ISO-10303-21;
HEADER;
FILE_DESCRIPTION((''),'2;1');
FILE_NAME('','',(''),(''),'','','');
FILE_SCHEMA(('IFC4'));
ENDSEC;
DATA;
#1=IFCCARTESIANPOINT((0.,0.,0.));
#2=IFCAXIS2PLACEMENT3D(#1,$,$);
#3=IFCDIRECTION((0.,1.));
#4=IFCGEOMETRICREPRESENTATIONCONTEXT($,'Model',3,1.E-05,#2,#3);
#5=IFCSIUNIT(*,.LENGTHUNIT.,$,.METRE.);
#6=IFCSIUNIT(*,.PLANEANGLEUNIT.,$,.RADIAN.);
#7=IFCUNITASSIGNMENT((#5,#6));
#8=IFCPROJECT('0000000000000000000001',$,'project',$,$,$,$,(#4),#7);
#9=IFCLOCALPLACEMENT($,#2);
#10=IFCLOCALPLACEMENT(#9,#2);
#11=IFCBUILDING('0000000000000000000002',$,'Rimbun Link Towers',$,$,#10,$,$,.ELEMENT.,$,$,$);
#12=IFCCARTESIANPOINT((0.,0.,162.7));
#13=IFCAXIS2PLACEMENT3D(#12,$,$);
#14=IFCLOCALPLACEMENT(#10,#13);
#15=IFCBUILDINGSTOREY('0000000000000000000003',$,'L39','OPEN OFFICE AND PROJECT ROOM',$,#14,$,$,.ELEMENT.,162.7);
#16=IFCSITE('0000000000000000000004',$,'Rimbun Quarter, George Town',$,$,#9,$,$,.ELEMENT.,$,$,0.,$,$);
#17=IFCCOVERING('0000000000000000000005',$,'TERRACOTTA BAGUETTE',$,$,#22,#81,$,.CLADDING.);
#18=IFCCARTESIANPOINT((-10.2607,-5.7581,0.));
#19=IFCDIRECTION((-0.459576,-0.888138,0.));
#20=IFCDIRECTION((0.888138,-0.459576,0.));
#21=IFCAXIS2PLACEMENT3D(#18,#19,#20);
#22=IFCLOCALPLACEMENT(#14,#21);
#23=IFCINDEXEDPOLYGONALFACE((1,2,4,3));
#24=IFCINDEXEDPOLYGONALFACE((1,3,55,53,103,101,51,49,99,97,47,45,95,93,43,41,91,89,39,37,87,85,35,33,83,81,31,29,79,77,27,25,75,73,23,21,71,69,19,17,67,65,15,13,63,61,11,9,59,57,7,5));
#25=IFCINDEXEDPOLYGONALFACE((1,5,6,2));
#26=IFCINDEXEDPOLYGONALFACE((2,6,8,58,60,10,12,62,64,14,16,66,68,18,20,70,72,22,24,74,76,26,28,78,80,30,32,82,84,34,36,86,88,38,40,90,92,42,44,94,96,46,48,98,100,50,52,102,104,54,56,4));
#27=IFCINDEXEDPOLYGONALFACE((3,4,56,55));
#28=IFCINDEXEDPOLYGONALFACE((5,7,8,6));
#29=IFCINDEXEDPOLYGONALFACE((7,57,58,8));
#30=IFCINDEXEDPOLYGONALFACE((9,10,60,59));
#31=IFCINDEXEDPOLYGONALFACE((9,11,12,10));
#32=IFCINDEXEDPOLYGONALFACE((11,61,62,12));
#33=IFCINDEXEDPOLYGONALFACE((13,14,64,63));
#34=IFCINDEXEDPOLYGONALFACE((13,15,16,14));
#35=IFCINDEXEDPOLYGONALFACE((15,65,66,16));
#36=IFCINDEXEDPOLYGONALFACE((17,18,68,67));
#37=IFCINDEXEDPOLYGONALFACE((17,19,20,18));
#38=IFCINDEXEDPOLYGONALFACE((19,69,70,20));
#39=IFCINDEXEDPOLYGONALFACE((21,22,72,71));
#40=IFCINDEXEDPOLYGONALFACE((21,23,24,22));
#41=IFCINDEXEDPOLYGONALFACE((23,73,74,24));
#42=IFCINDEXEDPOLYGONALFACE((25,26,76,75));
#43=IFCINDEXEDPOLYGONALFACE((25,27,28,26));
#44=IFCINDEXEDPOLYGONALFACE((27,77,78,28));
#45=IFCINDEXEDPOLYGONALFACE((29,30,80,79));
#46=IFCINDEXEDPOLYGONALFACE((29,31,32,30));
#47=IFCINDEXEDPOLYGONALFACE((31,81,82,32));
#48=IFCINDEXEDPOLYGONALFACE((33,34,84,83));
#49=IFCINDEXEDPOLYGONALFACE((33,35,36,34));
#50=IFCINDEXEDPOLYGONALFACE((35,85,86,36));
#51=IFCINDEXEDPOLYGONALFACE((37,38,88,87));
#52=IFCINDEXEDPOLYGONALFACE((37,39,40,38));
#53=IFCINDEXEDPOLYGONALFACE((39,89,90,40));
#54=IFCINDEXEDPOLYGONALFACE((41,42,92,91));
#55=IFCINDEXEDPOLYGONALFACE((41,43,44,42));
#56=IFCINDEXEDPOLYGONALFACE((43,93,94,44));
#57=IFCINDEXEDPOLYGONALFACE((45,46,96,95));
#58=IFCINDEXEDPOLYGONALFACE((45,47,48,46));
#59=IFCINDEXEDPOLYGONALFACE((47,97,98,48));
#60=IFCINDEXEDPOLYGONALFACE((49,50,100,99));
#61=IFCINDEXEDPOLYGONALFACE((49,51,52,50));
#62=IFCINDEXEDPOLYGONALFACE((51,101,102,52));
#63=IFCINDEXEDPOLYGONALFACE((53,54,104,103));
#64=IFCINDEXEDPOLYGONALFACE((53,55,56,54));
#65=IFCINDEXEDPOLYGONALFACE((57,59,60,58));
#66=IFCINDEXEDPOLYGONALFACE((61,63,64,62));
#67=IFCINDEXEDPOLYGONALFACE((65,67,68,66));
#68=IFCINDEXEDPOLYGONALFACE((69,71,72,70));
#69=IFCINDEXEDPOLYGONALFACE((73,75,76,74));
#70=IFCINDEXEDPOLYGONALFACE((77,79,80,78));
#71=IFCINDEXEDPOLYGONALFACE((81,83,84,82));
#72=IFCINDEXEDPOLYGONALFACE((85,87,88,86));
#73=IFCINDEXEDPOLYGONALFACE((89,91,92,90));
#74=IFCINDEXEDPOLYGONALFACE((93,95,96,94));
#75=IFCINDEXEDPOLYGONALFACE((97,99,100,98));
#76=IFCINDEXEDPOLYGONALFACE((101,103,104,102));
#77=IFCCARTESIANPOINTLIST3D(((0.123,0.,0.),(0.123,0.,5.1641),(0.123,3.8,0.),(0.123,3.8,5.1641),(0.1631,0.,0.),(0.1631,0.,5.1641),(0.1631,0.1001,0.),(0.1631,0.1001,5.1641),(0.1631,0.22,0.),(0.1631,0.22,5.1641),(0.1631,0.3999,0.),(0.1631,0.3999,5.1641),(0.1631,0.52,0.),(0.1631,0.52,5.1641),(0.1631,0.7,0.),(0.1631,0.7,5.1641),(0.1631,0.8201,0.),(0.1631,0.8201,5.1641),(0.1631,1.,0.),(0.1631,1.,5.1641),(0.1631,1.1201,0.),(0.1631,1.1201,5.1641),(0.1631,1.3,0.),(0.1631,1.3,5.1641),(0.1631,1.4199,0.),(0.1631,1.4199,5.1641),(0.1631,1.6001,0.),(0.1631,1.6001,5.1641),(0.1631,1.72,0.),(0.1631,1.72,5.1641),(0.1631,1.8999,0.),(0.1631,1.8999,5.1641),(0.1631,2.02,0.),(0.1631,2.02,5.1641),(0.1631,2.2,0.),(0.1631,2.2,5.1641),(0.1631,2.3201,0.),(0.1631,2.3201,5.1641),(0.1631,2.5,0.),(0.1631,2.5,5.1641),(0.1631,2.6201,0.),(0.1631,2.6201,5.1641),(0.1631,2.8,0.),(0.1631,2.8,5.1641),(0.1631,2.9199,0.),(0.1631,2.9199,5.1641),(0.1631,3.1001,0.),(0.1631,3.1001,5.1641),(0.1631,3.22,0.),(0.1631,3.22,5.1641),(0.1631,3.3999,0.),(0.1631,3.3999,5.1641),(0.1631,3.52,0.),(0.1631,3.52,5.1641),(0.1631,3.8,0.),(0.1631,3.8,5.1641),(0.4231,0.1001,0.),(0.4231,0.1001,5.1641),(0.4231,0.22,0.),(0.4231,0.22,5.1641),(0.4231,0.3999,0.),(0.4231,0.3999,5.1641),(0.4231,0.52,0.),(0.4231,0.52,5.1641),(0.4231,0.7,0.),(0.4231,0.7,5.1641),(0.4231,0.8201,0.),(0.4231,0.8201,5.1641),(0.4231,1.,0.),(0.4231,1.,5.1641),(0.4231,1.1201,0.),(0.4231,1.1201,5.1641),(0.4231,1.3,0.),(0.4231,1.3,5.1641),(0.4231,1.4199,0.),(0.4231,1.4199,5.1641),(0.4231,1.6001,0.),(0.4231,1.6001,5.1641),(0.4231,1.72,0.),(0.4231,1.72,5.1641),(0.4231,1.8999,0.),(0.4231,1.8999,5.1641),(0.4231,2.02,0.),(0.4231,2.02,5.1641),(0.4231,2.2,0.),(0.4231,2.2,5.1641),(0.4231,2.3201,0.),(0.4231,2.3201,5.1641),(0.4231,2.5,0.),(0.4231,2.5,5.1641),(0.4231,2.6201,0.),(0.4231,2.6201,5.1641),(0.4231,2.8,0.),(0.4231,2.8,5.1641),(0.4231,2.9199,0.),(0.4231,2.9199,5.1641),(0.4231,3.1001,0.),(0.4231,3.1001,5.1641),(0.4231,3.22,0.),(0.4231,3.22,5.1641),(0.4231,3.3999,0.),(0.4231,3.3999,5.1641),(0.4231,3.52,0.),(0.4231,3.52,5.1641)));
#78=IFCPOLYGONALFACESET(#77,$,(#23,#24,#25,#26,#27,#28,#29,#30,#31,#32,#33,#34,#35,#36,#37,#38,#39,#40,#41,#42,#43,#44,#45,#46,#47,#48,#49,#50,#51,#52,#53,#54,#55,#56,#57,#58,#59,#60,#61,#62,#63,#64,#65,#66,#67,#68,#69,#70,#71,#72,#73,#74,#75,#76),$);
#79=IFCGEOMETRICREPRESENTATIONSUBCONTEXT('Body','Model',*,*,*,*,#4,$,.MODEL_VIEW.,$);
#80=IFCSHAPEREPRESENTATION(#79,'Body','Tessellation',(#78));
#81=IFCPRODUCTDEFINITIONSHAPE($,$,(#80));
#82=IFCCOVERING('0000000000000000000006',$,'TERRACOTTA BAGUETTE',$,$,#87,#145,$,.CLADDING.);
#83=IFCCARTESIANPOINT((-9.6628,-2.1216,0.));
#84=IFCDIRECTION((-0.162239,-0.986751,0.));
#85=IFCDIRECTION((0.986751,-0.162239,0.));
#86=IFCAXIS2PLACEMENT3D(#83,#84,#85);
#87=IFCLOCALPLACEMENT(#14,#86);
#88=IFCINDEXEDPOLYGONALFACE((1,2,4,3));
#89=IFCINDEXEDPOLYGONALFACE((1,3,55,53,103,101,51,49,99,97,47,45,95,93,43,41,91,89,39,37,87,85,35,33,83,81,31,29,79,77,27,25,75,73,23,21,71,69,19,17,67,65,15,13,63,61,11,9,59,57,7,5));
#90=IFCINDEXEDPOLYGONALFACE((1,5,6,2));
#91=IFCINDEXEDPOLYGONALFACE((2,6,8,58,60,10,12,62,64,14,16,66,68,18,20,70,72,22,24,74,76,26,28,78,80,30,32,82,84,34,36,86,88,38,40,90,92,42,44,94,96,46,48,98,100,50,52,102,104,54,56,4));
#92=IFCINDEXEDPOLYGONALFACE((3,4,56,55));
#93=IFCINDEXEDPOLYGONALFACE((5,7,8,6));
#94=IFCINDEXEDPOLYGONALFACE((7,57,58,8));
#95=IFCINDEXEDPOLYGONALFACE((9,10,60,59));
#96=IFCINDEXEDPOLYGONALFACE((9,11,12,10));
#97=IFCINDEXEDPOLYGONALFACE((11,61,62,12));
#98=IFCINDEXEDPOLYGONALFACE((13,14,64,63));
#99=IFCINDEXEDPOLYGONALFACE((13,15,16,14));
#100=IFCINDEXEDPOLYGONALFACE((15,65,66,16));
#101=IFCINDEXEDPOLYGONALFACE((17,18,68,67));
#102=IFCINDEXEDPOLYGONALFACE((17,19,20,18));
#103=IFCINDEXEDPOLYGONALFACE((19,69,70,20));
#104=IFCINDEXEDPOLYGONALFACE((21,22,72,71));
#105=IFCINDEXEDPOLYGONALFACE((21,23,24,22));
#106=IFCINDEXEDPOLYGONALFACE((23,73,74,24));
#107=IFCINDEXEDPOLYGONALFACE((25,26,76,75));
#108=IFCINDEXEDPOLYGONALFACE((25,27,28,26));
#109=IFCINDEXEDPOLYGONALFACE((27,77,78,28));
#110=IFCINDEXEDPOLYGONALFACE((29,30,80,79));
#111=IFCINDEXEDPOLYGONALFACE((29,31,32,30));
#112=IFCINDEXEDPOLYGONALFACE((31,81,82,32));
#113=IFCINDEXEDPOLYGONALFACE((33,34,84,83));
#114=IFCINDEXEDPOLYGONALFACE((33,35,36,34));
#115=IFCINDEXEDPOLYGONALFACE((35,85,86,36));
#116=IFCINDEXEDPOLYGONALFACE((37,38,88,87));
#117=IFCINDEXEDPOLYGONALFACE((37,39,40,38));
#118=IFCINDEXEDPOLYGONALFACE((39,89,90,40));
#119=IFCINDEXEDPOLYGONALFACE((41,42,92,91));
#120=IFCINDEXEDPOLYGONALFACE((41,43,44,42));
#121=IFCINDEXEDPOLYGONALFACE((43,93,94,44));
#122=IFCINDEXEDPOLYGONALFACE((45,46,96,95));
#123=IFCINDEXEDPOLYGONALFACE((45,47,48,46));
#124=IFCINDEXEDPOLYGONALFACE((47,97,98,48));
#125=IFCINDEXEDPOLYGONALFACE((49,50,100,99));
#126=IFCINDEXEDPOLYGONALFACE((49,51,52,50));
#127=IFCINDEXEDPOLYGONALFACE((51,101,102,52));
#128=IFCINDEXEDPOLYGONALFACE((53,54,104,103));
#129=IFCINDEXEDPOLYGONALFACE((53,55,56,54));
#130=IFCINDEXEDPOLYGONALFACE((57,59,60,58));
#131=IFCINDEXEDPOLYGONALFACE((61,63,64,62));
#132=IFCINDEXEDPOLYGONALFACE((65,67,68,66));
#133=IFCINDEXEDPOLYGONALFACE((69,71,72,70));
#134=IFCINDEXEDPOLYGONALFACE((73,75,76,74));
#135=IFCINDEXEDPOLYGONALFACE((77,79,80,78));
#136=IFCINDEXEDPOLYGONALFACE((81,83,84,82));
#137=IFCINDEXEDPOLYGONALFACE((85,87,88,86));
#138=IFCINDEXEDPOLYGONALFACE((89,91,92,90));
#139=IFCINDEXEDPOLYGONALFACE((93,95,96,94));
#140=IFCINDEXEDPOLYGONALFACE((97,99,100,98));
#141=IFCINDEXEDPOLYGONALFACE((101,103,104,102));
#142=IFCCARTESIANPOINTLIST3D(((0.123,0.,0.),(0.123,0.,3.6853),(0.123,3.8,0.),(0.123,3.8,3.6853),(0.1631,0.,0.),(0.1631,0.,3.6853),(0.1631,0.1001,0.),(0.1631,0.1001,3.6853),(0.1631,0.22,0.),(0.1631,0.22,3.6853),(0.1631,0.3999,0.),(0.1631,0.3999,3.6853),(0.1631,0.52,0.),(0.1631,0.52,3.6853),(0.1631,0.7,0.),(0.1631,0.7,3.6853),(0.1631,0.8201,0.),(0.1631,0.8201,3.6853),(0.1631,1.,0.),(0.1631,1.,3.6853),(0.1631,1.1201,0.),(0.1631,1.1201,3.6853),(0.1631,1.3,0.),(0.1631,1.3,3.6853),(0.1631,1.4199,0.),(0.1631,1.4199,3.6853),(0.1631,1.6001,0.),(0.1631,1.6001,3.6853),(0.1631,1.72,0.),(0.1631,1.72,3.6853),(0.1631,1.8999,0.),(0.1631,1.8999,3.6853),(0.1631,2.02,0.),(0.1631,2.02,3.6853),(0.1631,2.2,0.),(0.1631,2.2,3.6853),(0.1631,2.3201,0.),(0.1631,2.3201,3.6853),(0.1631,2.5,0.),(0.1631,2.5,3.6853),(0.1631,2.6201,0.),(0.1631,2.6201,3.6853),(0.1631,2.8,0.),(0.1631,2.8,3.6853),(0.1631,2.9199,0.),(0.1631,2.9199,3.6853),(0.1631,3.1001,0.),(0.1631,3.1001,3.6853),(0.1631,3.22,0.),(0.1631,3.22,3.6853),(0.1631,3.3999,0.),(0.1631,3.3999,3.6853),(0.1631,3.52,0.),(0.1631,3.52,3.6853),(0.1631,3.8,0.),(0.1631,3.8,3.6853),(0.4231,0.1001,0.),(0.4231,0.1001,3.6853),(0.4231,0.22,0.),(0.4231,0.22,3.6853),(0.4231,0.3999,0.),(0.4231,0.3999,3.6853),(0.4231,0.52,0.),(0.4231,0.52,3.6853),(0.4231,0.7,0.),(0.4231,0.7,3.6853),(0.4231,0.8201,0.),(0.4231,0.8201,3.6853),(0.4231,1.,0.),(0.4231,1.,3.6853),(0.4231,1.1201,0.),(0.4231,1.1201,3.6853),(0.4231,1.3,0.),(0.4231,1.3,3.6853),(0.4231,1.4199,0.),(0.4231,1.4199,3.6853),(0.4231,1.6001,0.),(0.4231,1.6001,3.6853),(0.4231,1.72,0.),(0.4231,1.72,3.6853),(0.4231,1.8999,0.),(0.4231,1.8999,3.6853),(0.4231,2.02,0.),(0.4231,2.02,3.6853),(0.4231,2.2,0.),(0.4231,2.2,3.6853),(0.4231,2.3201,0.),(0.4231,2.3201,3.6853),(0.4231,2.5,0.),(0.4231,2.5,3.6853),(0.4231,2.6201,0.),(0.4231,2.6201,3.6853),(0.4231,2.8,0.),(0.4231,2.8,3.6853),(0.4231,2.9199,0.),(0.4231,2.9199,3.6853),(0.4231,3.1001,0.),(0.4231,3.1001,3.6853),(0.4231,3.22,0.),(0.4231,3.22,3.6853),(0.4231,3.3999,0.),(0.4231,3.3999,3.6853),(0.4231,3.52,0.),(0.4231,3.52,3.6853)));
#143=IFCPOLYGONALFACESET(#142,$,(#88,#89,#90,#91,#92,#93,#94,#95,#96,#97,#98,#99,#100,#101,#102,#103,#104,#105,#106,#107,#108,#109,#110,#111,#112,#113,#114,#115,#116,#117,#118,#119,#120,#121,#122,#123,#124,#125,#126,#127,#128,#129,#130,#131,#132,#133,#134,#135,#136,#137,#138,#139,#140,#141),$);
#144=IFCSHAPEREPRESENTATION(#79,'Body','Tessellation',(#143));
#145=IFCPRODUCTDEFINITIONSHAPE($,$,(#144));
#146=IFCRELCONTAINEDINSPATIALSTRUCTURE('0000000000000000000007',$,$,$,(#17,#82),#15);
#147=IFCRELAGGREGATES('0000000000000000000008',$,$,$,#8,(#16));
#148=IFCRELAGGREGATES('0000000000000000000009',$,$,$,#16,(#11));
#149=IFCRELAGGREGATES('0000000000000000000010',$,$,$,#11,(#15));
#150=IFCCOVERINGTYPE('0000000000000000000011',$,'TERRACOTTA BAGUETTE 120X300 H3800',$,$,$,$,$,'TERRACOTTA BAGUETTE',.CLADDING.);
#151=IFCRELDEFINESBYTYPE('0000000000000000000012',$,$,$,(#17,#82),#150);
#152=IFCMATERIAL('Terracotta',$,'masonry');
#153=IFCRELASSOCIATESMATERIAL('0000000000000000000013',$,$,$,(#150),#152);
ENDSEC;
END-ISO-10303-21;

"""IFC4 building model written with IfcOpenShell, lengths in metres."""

from ifc_helpers import new_model, si_unit, direction, frame, origin, place, context, subcontext, project, spatial, polyline, outline, extrude, material, material_profile, profile_set, type_object, element, save


model = new_model("IFC4")

# Units and contexts
model_context = context("Model", 3, precision=1e-05, world=origin(), true_north=direction((0.0, 1.0)))
body_context = subcontext(model_context, "Body", "Model", "MODEL_VIEW")
ifc_project = project(units=[si_unit("LENGTHUNIT", "METRE"), si_unit("PLANEANGLEUNIT", "RADIAN")], contexts=[model_context])

# Site, building, storey
site_placement = place(None, origin())
site = spatial("IfcSite", under=ifc_project, at=site_placement, Name="Rimbun Quarter, George Town", CompositionType="ELEMENT", RefElevation=0.0)
building_placement = place(site_placement, origin())
building = spatial("IfcBuilding", under=site, at=building_placement, Name="Rimbun Link Towers", CompositionType="ELEMENT")
storey_placement = place(building_placement, frame((0.0, 0.0, 162.7)))
storey = spatial("IfcBuildingStorey", under=building, at=storey_placement, Name="L39", Description="OPEN OFFICE AND PROJECT ROOM", CompositionType="ELEMENT", Elevation=162.7)

# Coverings
ifc_material_1 = material(Name="Terracotta", Category="masonry")
ifc_material_profile_1 = material_profile(ifc_material_1, outline(polyline([(0.123, 0.0), (0.1631, 0.0), (0.1631, 0.1001), (0.4231, 0.1001), (0.4231, 0.22), (0.1631, 0.22), (0.1631, 0.3999), (0.4231, 0.3999), (0.4231, 0.52), (0.1631, 0.52), (0.1631, 0.7), (0.4231, 0.7), (0.4231, 0.8201), (0.1631, 0.8201), (0.1631, 1.0), (0.4231, 1.0), (0.4231, 1.1201), (0.1631, 1.1201), (0.1631, 1.3), (0.4231, 1.3), (0.4231, 1.4199), (0.1631, 1.4199), (0.1631, 1.6001), (0.4231, 1.6001), (0.4231, 1.72), (0.1631, 1.72), (0.1631, 1.8999), (0.4231, 1.8999), (0.4231, 2.02), (0.1631, 2.02), (0.1631, 2.2), (0.4231, 2.2), (0.4231, 2.3201), (0.1631, 2.3201), (0.1631, 2.5), (0.4231, 2.5), (0.4231, 2.6201), (0.1631, 2.6201), (0.1631, 2.8), (0.4231, 2.8), (0.4231, 2.9199), (0.1631, 2.9199), (0.1631, 3.1001), (0.4231, 3.1001), (0.4231, 3.22), (0.1631, 3.22), (0.1631, 3.3999), (0.4231, 3.3999), (0.4231, 3.52), (0.1631, 3.52), (0.1631, 3.8), (0.123, 3.8), (0.123, 0.0)])), Name="BAGUETTE 120X300")
ifc_profile_set_1 = profile_set([ifc_material_profile_1], Name="Terracotta")
covering_type = type_object("IfcCoveringType", Name="TERRACOTTA BAGUETTE 120X300 H3800", ElementType="TERRACOTTA BAGUETTE", PredefinedType="CLADDING", material=ifc_profile_set_1)
covering_1_placement = place(storey_placement, frame((-10.2607, -5.7581, 0.0), z_axis=(-0.459576, -0.888138, 0.0), x_axis=(0.888138, -0.459576, 0.0)))
element("IfcCovering", 1, at=covering_1_placement, inside=storey, type_object=covering_type, Name="TERRACOTTA BAGUETTE", PredefinedType="CLADDING", context=body_context, shape_type="SweptSolid", body=[
    extrude(outline(polyline([(0.123, 0.0), (0.1631, 0.0), (0.1631, 0.1001), (0.4231, 0.1001), (0.4231, 0.22), (0.1631, 0.22), (0.1631, 0.3999), (0.4231, 0.3999), (0.4231, 0.52), (0.1631, 0.52), (0.1631, 0.7), (0.4231, 0.7), (0.4231, 0.8201), (0.1631, 0.8201), (0.1631, 1.0), (0.4231, 1.0), (0.4231, 1.1201), (0.1631, 1.1201), (0.1631, 1.3), (0.4231, 1.3), (0.4231, 1.4199), (0.1631, 1.4199), (0.1631, 1.6001), (0.4231, 1.6001), (0.4231, 1.72), (0.1631, 1.72), (0.1631, 1.8999), (0.4231, 1.8999), (0.4231, 2.02), (0.1631, 2.02), (0.1631, 2.2), (0.4231, 2.2), (0.4231, 2.3201), (0.1631, 2.3201), (0.1631, 2.5), (0.4231, 2.5), (0.4231, 2.6201), (0.1631, 2.6201), (0.1631, 2.8), (0.4231, 2.8), (0.4231, 2.9199), (0.1631, 2.9199), (0.1631, 3.1001), (0.4231, 3.1001), (0.4231, 3.22), (0.1631, 3.22), (0.1631, 3.3999), (0.4231, 3.3999), (0.4231, 3.52), (0.1631, 3.52), (0.1631, 3.8), (0.123, 3.8), (0.123, 0.0)])), origin(), (0.0, 0.0, 1.0), 5.1641),
])
covering_2_placement = place(storey_placement, frame((-9.6628, -2.1216, 0.0), z_axis=(-0.162239, -0.986751, 0.0), x_axis=(0.986751, -0.162239, 0.0)))
element("IfcCovering", 2, at=covering_2_placement, inside=storey, type_object=covering_type, Name="TERRACOTTA BAGUETTE", PredefinedType="CLADDING", context=body_context, shape_type="SweptSolid", body=[
    extrude(outline(polyline([(0.123, 0.0), (0.1631, 0.0), (0.1631, 0.1001), (0.4231, 0.1001), (0.4231, 0.22), (0.1631, 0.22), (0.1631, 0.3999), (0.4231, 0.3999), (0.4231, 0.52), (0.1631, 0.52), (0.1631, 0.7), (0.4231, 0.7), (0.4231, 0.8201), (0.1631, 0.8201), (0.1631, 1.0), (0.4231, 1.0), (0.4231, 1.1201), (0.1631, 1.1201), (0.1631, 1.3), (0.4231, 1.3), (0.4231, 1.4199), (0.1631, 1.4199), (0.1631, 1.6001), (0.4231, 1.6001), (0.4231, 1.72), (0.1631, 1.72), (0.1631, 1.8999), (0.4231, 1.8999), (0.4231, 2.02), (0.1631, 2.02), (0.1631, 2.2), (0.4231, 2.2), (0.4231, 2.3201), (0.1631, 2.3201), (0.1631, 2.5), (0.4231, 2.5), (0.4231, 2.6201), (0.1631, 2.6201), (0.1631, 2.8), (0.4231, 2.8), (0.4231, 2.9199), (0.1631, 2.9199), (0.1631, 3.1001), (0.4231, 3.1001), (0.4231, 3.22), (0.1631, 3.22), (0.1631, 3.3999), (0.4231, 3.3999), (0.4231, 3.52), (0.1631, 3.52), (0.1631, 3.8), (0.123, 3.8), (0.123, 0.0)])), origin(), (0.0, 0.0, 1.0), 3.6853),
])

save(model, "model.ifc")
